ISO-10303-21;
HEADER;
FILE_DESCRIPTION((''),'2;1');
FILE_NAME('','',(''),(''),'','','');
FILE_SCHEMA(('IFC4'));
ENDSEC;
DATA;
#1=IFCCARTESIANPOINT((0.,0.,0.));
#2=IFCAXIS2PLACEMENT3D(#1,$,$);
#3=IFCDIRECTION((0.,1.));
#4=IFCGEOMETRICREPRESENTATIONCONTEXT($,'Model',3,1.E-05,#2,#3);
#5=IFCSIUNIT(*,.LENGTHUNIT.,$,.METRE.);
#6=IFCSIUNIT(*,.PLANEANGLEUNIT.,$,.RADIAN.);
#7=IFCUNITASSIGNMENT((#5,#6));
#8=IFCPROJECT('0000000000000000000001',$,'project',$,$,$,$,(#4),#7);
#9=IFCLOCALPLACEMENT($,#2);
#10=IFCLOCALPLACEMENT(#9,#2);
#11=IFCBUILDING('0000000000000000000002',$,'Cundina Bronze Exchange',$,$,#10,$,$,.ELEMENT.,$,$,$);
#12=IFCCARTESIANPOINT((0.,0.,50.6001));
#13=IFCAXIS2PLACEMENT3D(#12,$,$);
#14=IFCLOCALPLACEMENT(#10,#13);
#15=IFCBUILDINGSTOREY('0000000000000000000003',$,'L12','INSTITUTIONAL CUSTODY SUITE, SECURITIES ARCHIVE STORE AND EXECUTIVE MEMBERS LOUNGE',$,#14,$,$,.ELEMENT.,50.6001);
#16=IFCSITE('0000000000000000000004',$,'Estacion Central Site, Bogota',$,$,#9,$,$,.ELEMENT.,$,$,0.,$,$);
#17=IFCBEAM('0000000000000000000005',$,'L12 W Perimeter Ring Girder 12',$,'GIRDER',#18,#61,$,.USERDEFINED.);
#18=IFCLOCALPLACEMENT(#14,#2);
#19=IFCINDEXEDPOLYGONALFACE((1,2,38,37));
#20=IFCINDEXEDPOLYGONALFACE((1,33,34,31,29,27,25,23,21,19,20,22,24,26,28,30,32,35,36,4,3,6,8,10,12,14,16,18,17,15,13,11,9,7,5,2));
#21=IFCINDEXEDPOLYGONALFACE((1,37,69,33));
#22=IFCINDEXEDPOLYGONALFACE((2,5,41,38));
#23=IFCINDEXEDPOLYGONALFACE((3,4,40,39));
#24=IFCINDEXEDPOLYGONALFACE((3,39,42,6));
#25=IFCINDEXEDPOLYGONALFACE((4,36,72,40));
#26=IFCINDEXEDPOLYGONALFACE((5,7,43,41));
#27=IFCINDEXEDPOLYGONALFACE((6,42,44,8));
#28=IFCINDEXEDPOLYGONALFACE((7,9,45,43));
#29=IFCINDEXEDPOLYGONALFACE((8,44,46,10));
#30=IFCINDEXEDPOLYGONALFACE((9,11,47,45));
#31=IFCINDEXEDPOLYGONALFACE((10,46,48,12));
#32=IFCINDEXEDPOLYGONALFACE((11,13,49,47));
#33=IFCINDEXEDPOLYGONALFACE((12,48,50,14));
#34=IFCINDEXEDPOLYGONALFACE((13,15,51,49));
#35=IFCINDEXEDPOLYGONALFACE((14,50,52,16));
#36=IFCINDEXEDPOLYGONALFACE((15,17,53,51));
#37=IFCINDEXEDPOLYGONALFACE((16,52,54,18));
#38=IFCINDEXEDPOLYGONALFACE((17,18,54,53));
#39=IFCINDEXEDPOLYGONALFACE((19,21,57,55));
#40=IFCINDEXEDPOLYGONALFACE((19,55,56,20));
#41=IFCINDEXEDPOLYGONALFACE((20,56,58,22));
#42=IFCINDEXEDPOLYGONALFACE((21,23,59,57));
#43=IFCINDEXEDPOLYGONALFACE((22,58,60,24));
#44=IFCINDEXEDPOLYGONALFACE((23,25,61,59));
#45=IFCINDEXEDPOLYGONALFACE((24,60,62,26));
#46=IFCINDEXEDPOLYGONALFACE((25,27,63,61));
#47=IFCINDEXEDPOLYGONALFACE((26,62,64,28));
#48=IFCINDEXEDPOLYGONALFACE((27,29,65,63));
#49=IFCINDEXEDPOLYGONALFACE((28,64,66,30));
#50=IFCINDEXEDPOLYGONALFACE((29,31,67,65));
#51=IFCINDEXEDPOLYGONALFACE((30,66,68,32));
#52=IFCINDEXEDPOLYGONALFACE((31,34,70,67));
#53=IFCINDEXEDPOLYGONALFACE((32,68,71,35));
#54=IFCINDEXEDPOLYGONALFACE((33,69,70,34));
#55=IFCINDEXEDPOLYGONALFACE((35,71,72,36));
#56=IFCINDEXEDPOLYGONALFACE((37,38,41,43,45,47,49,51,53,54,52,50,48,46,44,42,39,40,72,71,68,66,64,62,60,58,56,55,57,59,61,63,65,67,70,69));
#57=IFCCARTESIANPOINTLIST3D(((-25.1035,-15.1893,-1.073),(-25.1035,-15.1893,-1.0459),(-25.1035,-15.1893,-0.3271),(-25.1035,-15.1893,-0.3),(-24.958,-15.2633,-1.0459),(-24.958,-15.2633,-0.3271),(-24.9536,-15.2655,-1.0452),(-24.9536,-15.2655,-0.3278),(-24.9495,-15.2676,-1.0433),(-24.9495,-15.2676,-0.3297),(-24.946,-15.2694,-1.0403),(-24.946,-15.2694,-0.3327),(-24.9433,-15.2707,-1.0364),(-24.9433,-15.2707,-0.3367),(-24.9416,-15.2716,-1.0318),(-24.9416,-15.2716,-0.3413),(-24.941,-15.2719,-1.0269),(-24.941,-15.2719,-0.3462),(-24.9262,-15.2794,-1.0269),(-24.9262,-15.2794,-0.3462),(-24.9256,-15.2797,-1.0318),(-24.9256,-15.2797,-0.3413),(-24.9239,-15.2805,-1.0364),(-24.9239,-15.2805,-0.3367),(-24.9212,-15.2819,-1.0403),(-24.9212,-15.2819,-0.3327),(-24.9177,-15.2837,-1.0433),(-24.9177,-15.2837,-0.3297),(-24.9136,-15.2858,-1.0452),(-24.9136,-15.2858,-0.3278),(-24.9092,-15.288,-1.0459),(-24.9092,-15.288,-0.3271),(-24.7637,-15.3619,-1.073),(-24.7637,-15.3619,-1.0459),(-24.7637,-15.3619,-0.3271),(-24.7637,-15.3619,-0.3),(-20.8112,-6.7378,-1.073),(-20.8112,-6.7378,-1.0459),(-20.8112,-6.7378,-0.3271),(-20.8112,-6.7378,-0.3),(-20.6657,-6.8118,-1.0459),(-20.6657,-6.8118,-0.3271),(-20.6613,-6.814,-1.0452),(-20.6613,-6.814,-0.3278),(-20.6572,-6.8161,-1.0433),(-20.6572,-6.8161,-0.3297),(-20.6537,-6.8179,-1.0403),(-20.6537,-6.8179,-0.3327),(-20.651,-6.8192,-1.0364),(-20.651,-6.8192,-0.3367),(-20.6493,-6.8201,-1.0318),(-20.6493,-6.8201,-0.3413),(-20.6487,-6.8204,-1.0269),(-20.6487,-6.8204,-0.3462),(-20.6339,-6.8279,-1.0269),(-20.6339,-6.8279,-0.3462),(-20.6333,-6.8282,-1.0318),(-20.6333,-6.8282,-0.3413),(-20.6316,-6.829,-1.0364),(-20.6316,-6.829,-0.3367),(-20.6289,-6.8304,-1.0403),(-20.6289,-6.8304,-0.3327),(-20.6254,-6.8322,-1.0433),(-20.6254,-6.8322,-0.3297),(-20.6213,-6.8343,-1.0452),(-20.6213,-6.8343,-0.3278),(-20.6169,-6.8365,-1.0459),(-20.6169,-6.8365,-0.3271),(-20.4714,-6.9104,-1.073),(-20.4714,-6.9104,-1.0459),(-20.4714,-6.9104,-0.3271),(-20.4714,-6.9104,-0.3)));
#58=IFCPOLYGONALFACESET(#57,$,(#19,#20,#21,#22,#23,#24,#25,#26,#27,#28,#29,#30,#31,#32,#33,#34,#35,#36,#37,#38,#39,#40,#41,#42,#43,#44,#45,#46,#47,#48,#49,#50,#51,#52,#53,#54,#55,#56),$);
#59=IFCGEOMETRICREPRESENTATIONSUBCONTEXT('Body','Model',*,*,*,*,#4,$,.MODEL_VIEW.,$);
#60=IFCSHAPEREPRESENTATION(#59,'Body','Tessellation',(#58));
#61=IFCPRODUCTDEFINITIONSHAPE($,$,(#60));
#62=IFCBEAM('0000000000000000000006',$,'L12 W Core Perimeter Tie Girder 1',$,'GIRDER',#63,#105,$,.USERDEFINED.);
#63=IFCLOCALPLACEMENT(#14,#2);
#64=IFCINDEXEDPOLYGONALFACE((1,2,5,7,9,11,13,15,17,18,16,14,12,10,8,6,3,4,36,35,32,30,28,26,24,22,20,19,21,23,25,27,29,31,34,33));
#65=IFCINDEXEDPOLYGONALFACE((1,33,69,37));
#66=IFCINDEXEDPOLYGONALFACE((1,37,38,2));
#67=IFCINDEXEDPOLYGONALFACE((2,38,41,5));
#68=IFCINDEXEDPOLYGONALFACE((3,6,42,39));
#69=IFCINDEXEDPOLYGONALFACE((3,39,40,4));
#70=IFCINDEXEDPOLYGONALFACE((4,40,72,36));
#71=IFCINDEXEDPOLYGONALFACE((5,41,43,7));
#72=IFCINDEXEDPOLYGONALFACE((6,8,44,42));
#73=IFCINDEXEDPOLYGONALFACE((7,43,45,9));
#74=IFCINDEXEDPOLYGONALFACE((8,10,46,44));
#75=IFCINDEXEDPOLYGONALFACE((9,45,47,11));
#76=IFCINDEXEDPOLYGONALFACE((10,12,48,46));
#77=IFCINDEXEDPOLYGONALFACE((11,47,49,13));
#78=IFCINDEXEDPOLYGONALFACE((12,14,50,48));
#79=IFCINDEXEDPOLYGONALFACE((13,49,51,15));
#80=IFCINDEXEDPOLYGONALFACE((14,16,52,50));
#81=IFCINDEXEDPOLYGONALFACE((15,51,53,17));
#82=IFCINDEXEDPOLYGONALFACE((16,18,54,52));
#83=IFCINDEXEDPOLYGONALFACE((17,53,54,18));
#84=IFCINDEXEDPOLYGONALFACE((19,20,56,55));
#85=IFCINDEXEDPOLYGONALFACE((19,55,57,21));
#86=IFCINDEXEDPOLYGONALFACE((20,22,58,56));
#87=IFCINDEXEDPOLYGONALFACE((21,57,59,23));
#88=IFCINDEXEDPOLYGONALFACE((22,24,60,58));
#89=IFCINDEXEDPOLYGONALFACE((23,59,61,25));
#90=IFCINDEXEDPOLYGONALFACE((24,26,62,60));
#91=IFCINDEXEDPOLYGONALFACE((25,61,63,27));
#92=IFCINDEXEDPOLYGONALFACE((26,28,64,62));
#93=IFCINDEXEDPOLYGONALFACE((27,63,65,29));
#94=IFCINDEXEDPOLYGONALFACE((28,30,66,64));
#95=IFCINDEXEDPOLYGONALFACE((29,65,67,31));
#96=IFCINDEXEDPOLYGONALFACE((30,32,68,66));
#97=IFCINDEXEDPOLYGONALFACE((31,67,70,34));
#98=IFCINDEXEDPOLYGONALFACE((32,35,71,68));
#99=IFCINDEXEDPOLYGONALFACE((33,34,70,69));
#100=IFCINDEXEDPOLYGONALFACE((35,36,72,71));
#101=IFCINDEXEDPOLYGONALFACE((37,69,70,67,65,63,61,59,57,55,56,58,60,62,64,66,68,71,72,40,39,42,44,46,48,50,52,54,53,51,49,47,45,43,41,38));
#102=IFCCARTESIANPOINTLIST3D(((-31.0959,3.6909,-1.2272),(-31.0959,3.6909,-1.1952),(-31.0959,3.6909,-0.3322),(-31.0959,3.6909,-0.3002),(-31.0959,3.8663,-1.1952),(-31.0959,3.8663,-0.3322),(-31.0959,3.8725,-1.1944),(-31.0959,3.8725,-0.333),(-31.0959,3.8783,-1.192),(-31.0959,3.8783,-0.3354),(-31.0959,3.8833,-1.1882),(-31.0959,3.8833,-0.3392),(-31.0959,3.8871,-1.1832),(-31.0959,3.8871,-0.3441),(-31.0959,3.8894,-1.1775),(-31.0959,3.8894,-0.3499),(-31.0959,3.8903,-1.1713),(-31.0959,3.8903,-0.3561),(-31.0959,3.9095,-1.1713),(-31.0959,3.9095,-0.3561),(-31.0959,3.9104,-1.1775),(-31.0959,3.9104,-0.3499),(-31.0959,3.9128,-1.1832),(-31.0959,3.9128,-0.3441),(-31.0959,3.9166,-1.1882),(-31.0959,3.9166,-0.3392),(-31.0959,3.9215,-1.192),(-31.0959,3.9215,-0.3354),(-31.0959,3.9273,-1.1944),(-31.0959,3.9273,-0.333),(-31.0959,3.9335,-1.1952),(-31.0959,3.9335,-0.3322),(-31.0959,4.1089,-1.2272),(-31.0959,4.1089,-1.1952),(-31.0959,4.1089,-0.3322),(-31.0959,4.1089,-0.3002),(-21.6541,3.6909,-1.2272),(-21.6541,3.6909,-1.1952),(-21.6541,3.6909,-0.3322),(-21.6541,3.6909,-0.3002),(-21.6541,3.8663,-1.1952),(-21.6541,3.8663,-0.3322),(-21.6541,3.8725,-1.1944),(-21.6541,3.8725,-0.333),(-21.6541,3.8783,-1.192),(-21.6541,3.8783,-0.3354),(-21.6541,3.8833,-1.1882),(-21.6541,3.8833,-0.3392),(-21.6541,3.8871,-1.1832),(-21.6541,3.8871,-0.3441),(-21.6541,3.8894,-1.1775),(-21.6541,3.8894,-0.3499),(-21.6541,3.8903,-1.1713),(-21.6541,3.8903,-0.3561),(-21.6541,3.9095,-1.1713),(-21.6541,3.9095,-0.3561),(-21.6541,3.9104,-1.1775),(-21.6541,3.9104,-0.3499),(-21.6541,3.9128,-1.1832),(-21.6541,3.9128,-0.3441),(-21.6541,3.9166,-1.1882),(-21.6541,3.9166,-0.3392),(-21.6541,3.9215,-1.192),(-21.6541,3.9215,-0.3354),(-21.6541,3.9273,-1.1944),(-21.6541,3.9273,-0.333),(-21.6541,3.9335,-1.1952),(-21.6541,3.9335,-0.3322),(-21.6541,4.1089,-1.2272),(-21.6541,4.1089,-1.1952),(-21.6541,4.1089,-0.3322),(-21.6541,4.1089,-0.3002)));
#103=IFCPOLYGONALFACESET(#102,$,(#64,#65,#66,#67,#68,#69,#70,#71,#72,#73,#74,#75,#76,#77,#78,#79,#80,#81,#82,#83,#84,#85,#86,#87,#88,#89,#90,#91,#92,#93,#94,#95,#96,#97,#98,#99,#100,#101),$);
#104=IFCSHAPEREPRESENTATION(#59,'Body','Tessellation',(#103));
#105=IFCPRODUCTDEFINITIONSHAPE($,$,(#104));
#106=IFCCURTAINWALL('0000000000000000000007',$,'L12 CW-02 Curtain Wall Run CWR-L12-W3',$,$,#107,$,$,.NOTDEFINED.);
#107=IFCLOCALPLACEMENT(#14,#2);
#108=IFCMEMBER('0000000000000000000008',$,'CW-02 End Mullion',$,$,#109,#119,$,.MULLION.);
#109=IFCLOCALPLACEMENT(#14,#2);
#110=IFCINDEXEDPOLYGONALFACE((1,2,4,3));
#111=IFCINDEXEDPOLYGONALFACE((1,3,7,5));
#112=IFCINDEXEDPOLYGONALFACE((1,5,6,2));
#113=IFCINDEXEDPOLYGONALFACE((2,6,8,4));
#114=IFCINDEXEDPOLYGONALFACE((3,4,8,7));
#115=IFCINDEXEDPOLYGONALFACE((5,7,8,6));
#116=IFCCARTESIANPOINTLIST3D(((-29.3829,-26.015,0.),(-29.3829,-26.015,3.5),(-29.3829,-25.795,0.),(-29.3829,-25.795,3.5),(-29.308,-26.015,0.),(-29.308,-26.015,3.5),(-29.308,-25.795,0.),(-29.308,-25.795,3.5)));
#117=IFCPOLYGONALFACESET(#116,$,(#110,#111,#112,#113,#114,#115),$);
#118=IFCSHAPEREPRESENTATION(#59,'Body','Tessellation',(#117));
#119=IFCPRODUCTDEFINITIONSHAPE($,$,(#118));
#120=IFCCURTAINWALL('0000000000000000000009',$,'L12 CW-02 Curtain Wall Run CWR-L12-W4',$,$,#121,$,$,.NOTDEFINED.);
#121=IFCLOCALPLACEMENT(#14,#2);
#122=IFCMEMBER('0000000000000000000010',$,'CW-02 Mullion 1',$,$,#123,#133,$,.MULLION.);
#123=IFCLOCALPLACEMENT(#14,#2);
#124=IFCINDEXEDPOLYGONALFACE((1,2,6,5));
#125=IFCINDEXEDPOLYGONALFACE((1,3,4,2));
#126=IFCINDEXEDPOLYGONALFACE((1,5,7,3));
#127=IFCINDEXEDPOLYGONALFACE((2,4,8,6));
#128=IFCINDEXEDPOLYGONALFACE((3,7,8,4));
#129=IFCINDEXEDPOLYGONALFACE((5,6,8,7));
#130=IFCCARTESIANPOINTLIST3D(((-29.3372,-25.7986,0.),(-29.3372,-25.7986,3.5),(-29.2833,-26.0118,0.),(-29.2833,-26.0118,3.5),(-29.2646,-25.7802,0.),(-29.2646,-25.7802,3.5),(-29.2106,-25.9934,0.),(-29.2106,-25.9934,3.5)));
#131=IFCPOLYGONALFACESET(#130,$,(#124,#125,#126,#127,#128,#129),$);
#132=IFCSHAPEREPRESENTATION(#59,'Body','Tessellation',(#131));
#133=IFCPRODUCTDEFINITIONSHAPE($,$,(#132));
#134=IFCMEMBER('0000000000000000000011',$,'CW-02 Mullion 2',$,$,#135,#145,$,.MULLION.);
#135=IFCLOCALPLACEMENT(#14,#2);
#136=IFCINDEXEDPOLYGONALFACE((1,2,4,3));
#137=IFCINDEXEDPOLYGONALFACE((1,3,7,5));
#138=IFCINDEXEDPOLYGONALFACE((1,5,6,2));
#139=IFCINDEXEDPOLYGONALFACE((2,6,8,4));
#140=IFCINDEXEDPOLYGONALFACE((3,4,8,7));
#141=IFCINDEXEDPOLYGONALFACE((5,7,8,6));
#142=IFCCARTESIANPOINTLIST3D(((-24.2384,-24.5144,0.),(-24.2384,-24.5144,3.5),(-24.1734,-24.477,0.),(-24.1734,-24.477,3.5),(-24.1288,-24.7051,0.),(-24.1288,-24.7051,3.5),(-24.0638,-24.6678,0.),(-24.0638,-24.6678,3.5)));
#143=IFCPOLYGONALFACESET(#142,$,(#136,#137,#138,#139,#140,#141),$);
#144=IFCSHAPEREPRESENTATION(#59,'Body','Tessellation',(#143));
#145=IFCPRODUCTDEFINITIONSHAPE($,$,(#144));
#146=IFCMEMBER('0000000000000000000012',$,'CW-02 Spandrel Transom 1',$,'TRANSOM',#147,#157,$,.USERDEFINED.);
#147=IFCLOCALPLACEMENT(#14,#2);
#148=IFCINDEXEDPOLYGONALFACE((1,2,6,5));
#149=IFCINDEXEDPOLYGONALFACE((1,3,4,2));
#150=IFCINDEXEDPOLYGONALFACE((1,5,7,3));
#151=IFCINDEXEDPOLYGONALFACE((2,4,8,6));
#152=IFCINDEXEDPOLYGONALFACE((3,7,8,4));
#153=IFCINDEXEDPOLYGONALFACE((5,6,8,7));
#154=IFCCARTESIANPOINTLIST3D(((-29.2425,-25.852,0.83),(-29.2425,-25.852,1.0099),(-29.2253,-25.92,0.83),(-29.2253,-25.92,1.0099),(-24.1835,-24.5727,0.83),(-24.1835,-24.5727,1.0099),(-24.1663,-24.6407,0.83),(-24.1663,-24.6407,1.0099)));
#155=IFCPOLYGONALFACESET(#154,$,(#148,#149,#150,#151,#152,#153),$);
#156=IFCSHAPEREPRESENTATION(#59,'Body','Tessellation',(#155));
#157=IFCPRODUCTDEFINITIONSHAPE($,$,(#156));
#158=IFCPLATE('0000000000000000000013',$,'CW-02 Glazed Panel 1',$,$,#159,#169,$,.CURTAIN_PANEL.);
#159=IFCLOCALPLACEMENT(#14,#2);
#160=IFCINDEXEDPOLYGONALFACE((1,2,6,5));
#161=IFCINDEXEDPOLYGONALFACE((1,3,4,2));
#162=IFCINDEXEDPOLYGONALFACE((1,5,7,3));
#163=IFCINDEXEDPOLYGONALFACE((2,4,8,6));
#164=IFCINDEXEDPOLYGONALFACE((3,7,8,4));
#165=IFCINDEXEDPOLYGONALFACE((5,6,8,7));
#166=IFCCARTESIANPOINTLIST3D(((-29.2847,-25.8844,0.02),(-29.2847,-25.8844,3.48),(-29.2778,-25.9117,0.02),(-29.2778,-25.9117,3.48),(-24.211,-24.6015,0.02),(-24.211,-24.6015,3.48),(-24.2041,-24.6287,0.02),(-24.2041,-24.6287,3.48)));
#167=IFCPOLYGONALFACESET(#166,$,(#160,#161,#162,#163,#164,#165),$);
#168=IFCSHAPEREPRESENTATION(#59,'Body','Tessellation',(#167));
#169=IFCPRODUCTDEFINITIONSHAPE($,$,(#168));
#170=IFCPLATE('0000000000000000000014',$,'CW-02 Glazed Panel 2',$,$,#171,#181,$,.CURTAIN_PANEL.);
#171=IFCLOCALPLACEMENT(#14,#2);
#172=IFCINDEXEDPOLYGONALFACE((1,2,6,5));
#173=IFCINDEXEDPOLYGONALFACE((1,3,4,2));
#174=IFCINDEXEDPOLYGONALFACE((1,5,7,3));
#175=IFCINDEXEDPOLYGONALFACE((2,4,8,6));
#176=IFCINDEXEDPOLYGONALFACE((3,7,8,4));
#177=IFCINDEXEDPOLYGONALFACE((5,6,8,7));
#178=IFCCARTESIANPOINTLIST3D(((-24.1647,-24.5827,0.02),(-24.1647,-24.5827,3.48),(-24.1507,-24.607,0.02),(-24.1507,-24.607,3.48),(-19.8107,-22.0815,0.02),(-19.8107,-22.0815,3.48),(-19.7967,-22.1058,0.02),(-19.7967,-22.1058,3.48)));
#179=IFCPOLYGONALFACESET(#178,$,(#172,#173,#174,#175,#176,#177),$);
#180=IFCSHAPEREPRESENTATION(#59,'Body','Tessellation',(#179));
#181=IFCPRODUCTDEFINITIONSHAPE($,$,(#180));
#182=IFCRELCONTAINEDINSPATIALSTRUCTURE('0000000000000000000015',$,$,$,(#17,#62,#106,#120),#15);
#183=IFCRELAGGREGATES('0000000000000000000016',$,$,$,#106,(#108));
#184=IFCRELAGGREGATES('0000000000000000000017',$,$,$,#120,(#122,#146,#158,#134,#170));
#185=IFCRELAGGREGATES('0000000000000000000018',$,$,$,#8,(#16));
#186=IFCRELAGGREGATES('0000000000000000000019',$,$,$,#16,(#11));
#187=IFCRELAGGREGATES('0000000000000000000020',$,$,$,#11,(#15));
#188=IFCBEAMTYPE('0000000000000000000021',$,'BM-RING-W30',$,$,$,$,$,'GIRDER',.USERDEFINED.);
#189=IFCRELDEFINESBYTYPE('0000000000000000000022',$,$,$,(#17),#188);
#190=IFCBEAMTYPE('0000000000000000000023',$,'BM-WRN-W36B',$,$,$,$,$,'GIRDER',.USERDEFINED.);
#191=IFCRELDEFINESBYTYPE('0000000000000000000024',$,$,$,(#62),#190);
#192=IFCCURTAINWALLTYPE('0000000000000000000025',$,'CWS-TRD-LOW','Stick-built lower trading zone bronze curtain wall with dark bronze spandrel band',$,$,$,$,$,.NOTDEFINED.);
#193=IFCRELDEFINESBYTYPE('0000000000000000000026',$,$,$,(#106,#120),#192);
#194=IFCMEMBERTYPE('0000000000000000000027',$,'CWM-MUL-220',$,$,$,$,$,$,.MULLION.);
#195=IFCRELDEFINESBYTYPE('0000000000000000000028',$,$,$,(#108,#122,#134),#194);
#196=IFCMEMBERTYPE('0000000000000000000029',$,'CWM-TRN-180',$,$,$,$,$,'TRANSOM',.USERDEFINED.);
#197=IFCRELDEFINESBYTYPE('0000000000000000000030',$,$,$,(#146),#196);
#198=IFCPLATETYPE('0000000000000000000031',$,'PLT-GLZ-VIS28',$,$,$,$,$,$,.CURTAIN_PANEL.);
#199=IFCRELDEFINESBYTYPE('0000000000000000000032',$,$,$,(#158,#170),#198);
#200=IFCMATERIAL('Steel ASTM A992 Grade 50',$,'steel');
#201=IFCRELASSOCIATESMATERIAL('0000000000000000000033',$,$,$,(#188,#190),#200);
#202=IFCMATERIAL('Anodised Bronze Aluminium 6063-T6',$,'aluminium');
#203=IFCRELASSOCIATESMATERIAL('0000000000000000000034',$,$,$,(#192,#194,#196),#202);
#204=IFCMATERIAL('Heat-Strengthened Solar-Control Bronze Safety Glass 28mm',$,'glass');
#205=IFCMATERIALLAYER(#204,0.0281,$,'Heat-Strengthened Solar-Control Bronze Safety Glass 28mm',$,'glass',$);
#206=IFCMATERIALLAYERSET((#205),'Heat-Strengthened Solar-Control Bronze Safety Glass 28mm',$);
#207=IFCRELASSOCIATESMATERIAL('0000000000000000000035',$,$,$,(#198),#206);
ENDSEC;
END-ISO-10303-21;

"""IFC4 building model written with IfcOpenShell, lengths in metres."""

from ifc_helpers import new_model, si_unit, direction, frame, origin, origin_2d, place, context, subcontext, project, spatial, rectangle, i_section, extrude, material, layer, layer_set, material_profile, profile_set, type_object, element, aggregate, save


model = new_model("IFC4")

# Units and contexts
model_context = context("Model", 3, precision=1e-05, world=origin(), true_north=direction((0.0, 1.0)))
body_context = subcontext(model_context, "Body", "Model", "MODEL_VIEW")
ifc_project = project(units=[si_unit("LENGTHUNIT", "METRE"), si_unit("PLANEANGLEUNIT", "RADIAN")], contexts=[model_context])

# Site, building, storey
site_placement = place(None, origin())
site = spatial("IfcSite", under=ifc_project, at=site_placement, Name="Estacion Central Site, Bogota", CompositionType="ELEMENT", RefElevation=0.0)
building_placement = place(site_placement, origin())
building = spatial("IfcBuilding", under=site, at=building_placement, Name="Cundina Bronze Exchange", CompositionType="ELEMENT")
storey_placement = place(building_placement, frame((0.0, 0.0, 50.6001)))
storey = spatial("IfcBuildingStorey", under=building, at=storey_placement, Name="L12", Description="INSTITUTIONAL CUSTODY SUITE, SECURITIES ARCHIVE STORE AND EXECUTIVE MEMBERS LOUNGE", CompositionType="ELEMENT", Elevation=50.6001)

# Shared definitions
ifc_material_1 = material(Name="Steel ASTM A992 Grade 50", Category="steel")

# Beams
ifc_material_profile_1 = material_profile(ifc_material_1, i_section(OverallWidth=0.3811, OverallDepth=0.7729, WebThickness=0.0166, FlangeThickness=0.0271, FilletRadius=0.019, at=origin_2d()), Name="W30X173", Category="steel")
ifc_profile_set_1 = profile_set([ifc_material_profile_1], Name="Steel ASTM A992 Grade 50")
beam_type_1 = type_object("IfcBeamType", Name="BM-RING-W30", ElementType="GIRDER", PredefinedType="USERDEFINED", material=ifc_profile_set_1)
beam_1_placement = place(storey_placement, frame((-24.9336, -15.2756, -0.6865), z_axis=(0.45282, 0.891602, 0.0), x_axis=(-0.891602, 0.45282, 0.0)))
element("IfcBeam", 1, at=beam_1_placement, inside=storey, type_object=beam_type_1, Name="L12 W Perimeter Ring Girder 12", ObjectType="GIRDER", PredefinedType="USERDEFINED", context=body_context, shape_type="SweptSolid", body=[
    extrude(i_section(OverallWidth=0.3811, OverallDepth=0.7729, WebThickness=0.0166, FlangeThickness=0.0271, FilletRadius=0.019, at=origin_2d()), origin(), (0.0, 0.0, 1.0), 9.479),
])
ifc_material_profile_2 = material_profile(ifc_material_1, i_section(OverallWidth=0.418, OverallDepth=0.927, WebThickness=0.0193, FlangeThickness=0.032, FilletRadius=0.0239, at=origin_2d()), Name="W36X231", Category="steel")
ifc_profile_set_2 = profile_set([ifc_material_profile_2], Name="Steel ASTM A992 Grade 50")
beam_type_2 = type_object("IfcBeamType", Name="BM-WRN-W36B", ElementType="GIRDER", PredefinedType="USERDEFINED", material=ifc_profile_set_2)
beam_2_placement = place(storey_placement, frame((-31.0959, 3.8999, -0.7637), z_axis=(1.0, 0.0, 0.0), x_axis=(0.0, 1.0, 0.0)))
element("IfcBeam", 2, at=beam_2_placement, inside=storey, type_object=beam_type_2, Name="L12 W Core Perimeter Tie Girder 1", ObjectType="GIRDER", PredefinedType="USERDEFINED", context=body_context, shape_type="SweptSolid", body=[
    extrude(i_section(OverallWidth=0.418, OverallDepth=0.927, WebThickness=0.0193, FlangeThickness=0.032, FilletRadius=0.0239, at=origin_2d()), origin(), (0.0, 0.0, 1.0), 9.4419),
])

# Curtain wall, member
ifc_material_2 = material(Name="Anodised Bronze Aluminium 6063-T6", Category="aluminium")
curtain_wall_type = type_object("IfcCurtainWallType", Name="CWS-TRD-LOW", Description="Stick-built lower trading zone bronze curtain wall with dark bronze spandrel band", PredefinedType="NOTDEFINED", material=ifc_material_2)
curtain_wall_1_placement = place(storey_placement, origin())
curtain_wall_1 = element("IfcCurtainWall", 3, at=curtain_wall_1_placement, inside=storey, type_object=curtain_wall_type, Name="L12 CW-02 Curtain Wall Run CWR-L12-W3", PredefinedType="NOTDEFINED")
ifc_material_profile_3 = material_profile(ifc_material_2, rectangle(XDim=0.075, YDim=0.22, at=origin_2d()), Name="AL75X220", Category="aluminium")
ifc_profile_set_3 = profile_set([ifc_material_profile_3], Name="Anodised Bronze Aluminium 6063-T6")
member_type_1 = type_object("IfcMemberType", Name="CWM-MUL-220", PredefinedType="MULLION", material=ifc_profile_set_3)
member_1_placement = place(storey_placement, frame((-29.3455, -25.905, 0.0), z_axis=(0.0, 0.0, 1.0), x_axis=(1.0, 0.0, 0.0)))
member_1 = element("IfcMember", 4, at=member_1_placement, type_object=member_type_1, Name="CW-02 End Mullion", PredefinedType="MULLION", context=body_context, shape_type="SweptSolid", body=[
    extrude(rectangle(XDim=0.075, YDim=0.22, at=origin_2d()), origin(), (0.0, 0.0, 1.0), 3.5),
])
aggregate(curtain_wall_1, [member_1])

# Curtain wall, members, plates
curtain_wall_2_placement = place(storey_placement, origin())
curtain_wall_2 = element("IfcCurtainWall", 5, at=curtain_wall_2_placement, inside=storey, type_object=curtain_wall_type, Name="L12 CW-02 Curtain Wall Run CWR-L12-W4", PredefinedType="NOTDEFINED")
member_2_placement = place(storey_placement, frame((-29.2739, -25.896, 0.0), z_axis=(0.0, 0.0, 1.0), x_axis=(0.969488, 0.245138, 0.0)))
member_2 = element("IfcMember", 6, at=member_2_placement, type_object=member_type_1, Name="CW-02 Mullion 1", PredefinedType="MULLION", context=body_context, shape_type="SweptSolid", body=[
    extrude(rectangle(XDim=0.075, YDim=0.22, at=origin_2d()), origin(), (0.0, 0.0, 1.0), 3.5),
])
member_3_placement = place(storey_placement, frame((-24.1511, -24.5911, 0.0), z_axis=(0.0, 0.0, 1.0), x_axis=(0.867071, 0.498185, 0.0)))
member_3 = element("IfcMember", 7, at=member_3_placement, type_object=member_type_1, Name="CW-02 Mullion 2", PredefinedType="MULLION", context=body_context, shape_type="SweptSolid", body=[
    extrude(rectangle(XDim=0.075, YDim=0.22, at=origin_2d()), origin(), (0.0, 0.0, 1.0), 3.5),
])
ifc_material_profile_4 = material_profile(ifc_material_2, rectangle(XDim=0.0701, YDim=0.1799, at=origin_2d()), Name="AL70X180", Category="aluminium")
ifc_profile_set_4 = profile_set([ifc_material_profile_4], Name="Anodised Bronze Aluminium 6063-T6")
member_type_2 = type_object("IfcMemberType", Name="CWM-TRN-180", ElementType="TRANSOM", PredefinedType="USERDEFINED", material=ifc_profile_set_4)
member_4_placement = place(storey_placement, frame((-29.2339, -25.886, 0.9199), z_axis=(0.969484, 0.245155, 0.0), x_axis=(-0.245155, 0.969484, 0.0)))
member_4 = element("IfcMember", 8, at=member_4_placement, type_object=member_type_2, Name="CW-02 Spandrel Transom 1", ObjectType="TRANSOM", PredefinedType="USERDEFINED", context=body_context, shape_type="SweptSolid", body=[
    extrude(rectangle(XDim=0.0701, YDim=0.1799, at=origin_2d()), origin(), (0.0, 0.0, 1.0), 5.2183),
])
ifc_material_3 = material(Name="Heat-Strengthened Solar-Control Bronze Safety Glass 28mm", Category="glass")
ifc_layer_1 = layer(ifc_material_3, 0.0281, Name="Heat-Strengthened Solar-Control Bronze Safety Glass 28mm", Category="glass")
ifc_layer_set_1 = layer_set([ifc_layer_1], Name="Heat-Strengthened Solar-Control Bronze Safety Glass 28mm")
plate_type = type_object("IfcPlateType", Name="PLT-GLZ-VIS28", PredefinedType="CURTAIN_PANEL", material=ifc_layer_set_1)
plate_1_placement = place(storey_placement, frame((-26.7444, -25.2566, 0.02), z_axis=(0.0, 0.0, 1.0), x_axis=(0.969488, 0.245138, 0.0)))
plate_1 = element("IfcPlate", 9, at=plate_1_placement, type_object=plate_type, Name="CW-02 Glazed Panel 1", PredefinedType="CURTAIN_PANEL", context=body_context, shape_type="SweptSolid", body=[
    extrude(rectangle(XDim=5.2334, YDim=0.0281, at=origin_2d()), origin(), (0.0, 0.0, 1.0), 3.46),
])
plate_2_placement = place(storey_placement, frame((-21.9807, -23.3442, 0.02), z_axis=(0.0, 0.0, 1.0), x_axis=(0.867105, 0.498125, 0.0)))
plate_2 = element("IfcPlate", 10, at=plate_2_placement, type_object=plate_type, Name="CW-02 Glazed Panel 2", PredefinedType="CURTAIN_PANEL", context=body_context, shape_type="SweptSolid", body=[
    extrude(rectangle(XDim=5.0212, YDim=0.0281, at=origin_2d()), origin(), (0.0, 0.0, 1.0), 3.46),
])
aggregate(curtain_wall_2, [member_2, member_4, plate_1, member_3, plate_2])

save(model, "model.ifc")
